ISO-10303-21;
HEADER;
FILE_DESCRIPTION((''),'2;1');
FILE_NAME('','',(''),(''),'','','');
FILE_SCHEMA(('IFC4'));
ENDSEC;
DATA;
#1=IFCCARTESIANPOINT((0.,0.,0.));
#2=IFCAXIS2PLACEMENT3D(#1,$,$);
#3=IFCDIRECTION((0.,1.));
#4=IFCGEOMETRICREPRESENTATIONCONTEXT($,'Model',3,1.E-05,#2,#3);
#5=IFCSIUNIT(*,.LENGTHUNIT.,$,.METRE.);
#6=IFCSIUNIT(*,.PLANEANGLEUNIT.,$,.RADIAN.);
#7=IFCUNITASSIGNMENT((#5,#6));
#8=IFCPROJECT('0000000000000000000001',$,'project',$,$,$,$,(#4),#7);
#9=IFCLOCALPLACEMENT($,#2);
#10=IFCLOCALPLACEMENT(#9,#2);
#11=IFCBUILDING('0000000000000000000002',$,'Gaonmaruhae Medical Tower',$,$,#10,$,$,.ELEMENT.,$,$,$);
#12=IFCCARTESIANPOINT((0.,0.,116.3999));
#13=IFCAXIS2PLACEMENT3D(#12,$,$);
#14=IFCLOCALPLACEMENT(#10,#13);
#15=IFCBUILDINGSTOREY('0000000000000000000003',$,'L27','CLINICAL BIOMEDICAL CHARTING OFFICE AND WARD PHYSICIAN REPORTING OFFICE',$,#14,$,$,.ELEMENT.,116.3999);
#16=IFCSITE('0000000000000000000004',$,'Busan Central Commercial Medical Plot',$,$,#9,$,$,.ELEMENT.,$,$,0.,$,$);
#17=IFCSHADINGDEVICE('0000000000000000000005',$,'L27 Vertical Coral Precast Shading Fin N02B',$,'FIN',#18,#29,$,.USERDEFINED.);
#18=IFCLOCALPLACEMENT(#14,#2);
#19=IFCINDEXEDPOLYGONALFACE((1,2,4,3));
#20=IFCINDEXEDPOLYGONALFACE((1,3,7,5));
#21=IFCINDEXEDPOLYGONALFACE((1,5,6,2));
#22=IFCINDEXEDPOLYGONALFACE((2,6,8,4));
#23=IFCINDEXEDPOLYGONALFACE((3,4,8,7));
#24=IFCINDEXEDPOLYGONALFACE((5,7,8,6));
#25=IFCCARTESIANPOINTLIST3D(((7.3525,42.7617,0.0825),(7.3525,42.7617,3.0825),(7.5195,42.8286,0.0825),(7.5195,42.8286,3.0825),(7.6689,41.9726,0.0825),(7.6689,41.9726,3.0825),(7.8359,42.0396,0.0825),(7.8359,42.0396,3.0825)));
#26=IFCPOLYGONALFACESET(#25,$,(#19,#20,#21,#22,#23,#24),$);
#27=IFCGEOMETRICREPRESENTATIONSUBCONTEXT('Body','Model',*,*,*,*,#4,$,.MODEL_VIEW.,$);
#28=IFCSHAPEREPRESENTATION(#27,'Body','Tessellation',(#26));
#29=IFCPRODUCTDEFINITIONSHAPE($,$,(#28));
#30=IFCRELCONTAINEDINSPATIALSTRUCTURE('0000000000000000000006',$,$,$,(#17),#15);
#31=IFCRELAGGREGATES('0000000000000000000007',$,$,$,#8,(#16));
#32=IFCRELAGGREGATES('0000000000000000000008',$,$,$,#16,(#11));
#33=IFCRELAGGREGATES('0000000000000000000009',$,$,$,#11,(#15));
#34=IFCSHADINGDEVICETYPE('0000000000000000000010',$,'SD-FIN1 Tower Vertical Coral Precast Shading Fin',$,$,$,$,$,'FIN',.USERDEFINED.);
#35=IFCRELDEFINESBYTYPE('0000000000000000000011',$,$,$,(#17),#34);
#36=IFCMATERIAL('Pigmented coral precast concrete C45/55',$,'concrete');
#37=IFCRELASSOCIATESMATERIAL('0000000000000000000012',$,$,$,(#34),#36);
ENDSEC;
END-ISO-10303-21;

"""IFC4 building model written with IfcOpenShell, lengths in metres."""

from ifc_helpers import new_model, si_unit, direction, frame, origin, origin_2d, place, context, subcontext, project, spatial, rectangle, extrude, material, type_object, element, save


model = new_model("IFC4")

# Units and contexts
model_context = context("Model", 3, precision=1e-05, world=origin(), true_north=direction((0.0, 1.0)))
body_context = subcontext(model_context, "Body", "Model", "MODEL_VIEW")
ifc_project = project(units=[si_unit("LENGTHUNIT", "METRE"), si_unit("PLANEANGLEUNIT", "RADIAN")], contexts=[model_context])

# Site, building, storey
site_placement = place(None, origin())
site = spatial("IfcSite", under=ifc_project, at=site_placement, Name="Busan Central Commercial Medical Plot", CompositionType="ELEMENT", RefElevation=0.0)
building_placement = place(site_placement, origin())
building = spatial("IfcBuilding", under=site, at=building_placement, Name="Gaonmaruhae Medical Tower", CompositionType="ELEMENT")
storey_placement = place(building_placement, frame((0.0, 0.0, 116.3999)))
storey = spatial("IfcBuildingStorey", under=building, at=storey_placement, Name="L27", Description="CLINICAL BIOMEDICAL CHARTING OFFICE AND WARD PHYSICIAN REPORTING OFFICE", CompositionType="ELEMENT", Elevation=116.3999)

# Shading device
ifc_material_1 = material(Name="Pigmented coral precast concrete C45/55", Category="concrete")
shading_device_type = type_object("IfcShadingDeviceType", Name="SD-FIN1 Tower Vertical Coral Precast Shading Fin", ElementType="FIN", PredefinedType="USERDEFINED", material=ifc_material_1)
for number, where, z_axis, x_axis, name in (
    (1, (7.5942, 42.4006, 0.0825), (0.0, 0.0, 1.0), (0.928161, 0.372178, 0.0), "L27 Vertical Coral Precast Shading Fin N02B"),
):
    element("IfcShadingDevice", number, at=place(storey_placement, frame(where, z_axis=z_axis, x_axis=x_axis)), inside=storey, type_object=shading_device_type, Name=name, ObjectType="FIN", PredefinedType="USERDEFINED", context=body_context, shape_type="SweptSolid", body=[
        extrude(rectangle(XDim=0.1799, YDim=0.8501, at=origin_2d()), origin(), (0.0, 0.0, 1.0), 3.0),
    ])

save(model, "model.ifc")
